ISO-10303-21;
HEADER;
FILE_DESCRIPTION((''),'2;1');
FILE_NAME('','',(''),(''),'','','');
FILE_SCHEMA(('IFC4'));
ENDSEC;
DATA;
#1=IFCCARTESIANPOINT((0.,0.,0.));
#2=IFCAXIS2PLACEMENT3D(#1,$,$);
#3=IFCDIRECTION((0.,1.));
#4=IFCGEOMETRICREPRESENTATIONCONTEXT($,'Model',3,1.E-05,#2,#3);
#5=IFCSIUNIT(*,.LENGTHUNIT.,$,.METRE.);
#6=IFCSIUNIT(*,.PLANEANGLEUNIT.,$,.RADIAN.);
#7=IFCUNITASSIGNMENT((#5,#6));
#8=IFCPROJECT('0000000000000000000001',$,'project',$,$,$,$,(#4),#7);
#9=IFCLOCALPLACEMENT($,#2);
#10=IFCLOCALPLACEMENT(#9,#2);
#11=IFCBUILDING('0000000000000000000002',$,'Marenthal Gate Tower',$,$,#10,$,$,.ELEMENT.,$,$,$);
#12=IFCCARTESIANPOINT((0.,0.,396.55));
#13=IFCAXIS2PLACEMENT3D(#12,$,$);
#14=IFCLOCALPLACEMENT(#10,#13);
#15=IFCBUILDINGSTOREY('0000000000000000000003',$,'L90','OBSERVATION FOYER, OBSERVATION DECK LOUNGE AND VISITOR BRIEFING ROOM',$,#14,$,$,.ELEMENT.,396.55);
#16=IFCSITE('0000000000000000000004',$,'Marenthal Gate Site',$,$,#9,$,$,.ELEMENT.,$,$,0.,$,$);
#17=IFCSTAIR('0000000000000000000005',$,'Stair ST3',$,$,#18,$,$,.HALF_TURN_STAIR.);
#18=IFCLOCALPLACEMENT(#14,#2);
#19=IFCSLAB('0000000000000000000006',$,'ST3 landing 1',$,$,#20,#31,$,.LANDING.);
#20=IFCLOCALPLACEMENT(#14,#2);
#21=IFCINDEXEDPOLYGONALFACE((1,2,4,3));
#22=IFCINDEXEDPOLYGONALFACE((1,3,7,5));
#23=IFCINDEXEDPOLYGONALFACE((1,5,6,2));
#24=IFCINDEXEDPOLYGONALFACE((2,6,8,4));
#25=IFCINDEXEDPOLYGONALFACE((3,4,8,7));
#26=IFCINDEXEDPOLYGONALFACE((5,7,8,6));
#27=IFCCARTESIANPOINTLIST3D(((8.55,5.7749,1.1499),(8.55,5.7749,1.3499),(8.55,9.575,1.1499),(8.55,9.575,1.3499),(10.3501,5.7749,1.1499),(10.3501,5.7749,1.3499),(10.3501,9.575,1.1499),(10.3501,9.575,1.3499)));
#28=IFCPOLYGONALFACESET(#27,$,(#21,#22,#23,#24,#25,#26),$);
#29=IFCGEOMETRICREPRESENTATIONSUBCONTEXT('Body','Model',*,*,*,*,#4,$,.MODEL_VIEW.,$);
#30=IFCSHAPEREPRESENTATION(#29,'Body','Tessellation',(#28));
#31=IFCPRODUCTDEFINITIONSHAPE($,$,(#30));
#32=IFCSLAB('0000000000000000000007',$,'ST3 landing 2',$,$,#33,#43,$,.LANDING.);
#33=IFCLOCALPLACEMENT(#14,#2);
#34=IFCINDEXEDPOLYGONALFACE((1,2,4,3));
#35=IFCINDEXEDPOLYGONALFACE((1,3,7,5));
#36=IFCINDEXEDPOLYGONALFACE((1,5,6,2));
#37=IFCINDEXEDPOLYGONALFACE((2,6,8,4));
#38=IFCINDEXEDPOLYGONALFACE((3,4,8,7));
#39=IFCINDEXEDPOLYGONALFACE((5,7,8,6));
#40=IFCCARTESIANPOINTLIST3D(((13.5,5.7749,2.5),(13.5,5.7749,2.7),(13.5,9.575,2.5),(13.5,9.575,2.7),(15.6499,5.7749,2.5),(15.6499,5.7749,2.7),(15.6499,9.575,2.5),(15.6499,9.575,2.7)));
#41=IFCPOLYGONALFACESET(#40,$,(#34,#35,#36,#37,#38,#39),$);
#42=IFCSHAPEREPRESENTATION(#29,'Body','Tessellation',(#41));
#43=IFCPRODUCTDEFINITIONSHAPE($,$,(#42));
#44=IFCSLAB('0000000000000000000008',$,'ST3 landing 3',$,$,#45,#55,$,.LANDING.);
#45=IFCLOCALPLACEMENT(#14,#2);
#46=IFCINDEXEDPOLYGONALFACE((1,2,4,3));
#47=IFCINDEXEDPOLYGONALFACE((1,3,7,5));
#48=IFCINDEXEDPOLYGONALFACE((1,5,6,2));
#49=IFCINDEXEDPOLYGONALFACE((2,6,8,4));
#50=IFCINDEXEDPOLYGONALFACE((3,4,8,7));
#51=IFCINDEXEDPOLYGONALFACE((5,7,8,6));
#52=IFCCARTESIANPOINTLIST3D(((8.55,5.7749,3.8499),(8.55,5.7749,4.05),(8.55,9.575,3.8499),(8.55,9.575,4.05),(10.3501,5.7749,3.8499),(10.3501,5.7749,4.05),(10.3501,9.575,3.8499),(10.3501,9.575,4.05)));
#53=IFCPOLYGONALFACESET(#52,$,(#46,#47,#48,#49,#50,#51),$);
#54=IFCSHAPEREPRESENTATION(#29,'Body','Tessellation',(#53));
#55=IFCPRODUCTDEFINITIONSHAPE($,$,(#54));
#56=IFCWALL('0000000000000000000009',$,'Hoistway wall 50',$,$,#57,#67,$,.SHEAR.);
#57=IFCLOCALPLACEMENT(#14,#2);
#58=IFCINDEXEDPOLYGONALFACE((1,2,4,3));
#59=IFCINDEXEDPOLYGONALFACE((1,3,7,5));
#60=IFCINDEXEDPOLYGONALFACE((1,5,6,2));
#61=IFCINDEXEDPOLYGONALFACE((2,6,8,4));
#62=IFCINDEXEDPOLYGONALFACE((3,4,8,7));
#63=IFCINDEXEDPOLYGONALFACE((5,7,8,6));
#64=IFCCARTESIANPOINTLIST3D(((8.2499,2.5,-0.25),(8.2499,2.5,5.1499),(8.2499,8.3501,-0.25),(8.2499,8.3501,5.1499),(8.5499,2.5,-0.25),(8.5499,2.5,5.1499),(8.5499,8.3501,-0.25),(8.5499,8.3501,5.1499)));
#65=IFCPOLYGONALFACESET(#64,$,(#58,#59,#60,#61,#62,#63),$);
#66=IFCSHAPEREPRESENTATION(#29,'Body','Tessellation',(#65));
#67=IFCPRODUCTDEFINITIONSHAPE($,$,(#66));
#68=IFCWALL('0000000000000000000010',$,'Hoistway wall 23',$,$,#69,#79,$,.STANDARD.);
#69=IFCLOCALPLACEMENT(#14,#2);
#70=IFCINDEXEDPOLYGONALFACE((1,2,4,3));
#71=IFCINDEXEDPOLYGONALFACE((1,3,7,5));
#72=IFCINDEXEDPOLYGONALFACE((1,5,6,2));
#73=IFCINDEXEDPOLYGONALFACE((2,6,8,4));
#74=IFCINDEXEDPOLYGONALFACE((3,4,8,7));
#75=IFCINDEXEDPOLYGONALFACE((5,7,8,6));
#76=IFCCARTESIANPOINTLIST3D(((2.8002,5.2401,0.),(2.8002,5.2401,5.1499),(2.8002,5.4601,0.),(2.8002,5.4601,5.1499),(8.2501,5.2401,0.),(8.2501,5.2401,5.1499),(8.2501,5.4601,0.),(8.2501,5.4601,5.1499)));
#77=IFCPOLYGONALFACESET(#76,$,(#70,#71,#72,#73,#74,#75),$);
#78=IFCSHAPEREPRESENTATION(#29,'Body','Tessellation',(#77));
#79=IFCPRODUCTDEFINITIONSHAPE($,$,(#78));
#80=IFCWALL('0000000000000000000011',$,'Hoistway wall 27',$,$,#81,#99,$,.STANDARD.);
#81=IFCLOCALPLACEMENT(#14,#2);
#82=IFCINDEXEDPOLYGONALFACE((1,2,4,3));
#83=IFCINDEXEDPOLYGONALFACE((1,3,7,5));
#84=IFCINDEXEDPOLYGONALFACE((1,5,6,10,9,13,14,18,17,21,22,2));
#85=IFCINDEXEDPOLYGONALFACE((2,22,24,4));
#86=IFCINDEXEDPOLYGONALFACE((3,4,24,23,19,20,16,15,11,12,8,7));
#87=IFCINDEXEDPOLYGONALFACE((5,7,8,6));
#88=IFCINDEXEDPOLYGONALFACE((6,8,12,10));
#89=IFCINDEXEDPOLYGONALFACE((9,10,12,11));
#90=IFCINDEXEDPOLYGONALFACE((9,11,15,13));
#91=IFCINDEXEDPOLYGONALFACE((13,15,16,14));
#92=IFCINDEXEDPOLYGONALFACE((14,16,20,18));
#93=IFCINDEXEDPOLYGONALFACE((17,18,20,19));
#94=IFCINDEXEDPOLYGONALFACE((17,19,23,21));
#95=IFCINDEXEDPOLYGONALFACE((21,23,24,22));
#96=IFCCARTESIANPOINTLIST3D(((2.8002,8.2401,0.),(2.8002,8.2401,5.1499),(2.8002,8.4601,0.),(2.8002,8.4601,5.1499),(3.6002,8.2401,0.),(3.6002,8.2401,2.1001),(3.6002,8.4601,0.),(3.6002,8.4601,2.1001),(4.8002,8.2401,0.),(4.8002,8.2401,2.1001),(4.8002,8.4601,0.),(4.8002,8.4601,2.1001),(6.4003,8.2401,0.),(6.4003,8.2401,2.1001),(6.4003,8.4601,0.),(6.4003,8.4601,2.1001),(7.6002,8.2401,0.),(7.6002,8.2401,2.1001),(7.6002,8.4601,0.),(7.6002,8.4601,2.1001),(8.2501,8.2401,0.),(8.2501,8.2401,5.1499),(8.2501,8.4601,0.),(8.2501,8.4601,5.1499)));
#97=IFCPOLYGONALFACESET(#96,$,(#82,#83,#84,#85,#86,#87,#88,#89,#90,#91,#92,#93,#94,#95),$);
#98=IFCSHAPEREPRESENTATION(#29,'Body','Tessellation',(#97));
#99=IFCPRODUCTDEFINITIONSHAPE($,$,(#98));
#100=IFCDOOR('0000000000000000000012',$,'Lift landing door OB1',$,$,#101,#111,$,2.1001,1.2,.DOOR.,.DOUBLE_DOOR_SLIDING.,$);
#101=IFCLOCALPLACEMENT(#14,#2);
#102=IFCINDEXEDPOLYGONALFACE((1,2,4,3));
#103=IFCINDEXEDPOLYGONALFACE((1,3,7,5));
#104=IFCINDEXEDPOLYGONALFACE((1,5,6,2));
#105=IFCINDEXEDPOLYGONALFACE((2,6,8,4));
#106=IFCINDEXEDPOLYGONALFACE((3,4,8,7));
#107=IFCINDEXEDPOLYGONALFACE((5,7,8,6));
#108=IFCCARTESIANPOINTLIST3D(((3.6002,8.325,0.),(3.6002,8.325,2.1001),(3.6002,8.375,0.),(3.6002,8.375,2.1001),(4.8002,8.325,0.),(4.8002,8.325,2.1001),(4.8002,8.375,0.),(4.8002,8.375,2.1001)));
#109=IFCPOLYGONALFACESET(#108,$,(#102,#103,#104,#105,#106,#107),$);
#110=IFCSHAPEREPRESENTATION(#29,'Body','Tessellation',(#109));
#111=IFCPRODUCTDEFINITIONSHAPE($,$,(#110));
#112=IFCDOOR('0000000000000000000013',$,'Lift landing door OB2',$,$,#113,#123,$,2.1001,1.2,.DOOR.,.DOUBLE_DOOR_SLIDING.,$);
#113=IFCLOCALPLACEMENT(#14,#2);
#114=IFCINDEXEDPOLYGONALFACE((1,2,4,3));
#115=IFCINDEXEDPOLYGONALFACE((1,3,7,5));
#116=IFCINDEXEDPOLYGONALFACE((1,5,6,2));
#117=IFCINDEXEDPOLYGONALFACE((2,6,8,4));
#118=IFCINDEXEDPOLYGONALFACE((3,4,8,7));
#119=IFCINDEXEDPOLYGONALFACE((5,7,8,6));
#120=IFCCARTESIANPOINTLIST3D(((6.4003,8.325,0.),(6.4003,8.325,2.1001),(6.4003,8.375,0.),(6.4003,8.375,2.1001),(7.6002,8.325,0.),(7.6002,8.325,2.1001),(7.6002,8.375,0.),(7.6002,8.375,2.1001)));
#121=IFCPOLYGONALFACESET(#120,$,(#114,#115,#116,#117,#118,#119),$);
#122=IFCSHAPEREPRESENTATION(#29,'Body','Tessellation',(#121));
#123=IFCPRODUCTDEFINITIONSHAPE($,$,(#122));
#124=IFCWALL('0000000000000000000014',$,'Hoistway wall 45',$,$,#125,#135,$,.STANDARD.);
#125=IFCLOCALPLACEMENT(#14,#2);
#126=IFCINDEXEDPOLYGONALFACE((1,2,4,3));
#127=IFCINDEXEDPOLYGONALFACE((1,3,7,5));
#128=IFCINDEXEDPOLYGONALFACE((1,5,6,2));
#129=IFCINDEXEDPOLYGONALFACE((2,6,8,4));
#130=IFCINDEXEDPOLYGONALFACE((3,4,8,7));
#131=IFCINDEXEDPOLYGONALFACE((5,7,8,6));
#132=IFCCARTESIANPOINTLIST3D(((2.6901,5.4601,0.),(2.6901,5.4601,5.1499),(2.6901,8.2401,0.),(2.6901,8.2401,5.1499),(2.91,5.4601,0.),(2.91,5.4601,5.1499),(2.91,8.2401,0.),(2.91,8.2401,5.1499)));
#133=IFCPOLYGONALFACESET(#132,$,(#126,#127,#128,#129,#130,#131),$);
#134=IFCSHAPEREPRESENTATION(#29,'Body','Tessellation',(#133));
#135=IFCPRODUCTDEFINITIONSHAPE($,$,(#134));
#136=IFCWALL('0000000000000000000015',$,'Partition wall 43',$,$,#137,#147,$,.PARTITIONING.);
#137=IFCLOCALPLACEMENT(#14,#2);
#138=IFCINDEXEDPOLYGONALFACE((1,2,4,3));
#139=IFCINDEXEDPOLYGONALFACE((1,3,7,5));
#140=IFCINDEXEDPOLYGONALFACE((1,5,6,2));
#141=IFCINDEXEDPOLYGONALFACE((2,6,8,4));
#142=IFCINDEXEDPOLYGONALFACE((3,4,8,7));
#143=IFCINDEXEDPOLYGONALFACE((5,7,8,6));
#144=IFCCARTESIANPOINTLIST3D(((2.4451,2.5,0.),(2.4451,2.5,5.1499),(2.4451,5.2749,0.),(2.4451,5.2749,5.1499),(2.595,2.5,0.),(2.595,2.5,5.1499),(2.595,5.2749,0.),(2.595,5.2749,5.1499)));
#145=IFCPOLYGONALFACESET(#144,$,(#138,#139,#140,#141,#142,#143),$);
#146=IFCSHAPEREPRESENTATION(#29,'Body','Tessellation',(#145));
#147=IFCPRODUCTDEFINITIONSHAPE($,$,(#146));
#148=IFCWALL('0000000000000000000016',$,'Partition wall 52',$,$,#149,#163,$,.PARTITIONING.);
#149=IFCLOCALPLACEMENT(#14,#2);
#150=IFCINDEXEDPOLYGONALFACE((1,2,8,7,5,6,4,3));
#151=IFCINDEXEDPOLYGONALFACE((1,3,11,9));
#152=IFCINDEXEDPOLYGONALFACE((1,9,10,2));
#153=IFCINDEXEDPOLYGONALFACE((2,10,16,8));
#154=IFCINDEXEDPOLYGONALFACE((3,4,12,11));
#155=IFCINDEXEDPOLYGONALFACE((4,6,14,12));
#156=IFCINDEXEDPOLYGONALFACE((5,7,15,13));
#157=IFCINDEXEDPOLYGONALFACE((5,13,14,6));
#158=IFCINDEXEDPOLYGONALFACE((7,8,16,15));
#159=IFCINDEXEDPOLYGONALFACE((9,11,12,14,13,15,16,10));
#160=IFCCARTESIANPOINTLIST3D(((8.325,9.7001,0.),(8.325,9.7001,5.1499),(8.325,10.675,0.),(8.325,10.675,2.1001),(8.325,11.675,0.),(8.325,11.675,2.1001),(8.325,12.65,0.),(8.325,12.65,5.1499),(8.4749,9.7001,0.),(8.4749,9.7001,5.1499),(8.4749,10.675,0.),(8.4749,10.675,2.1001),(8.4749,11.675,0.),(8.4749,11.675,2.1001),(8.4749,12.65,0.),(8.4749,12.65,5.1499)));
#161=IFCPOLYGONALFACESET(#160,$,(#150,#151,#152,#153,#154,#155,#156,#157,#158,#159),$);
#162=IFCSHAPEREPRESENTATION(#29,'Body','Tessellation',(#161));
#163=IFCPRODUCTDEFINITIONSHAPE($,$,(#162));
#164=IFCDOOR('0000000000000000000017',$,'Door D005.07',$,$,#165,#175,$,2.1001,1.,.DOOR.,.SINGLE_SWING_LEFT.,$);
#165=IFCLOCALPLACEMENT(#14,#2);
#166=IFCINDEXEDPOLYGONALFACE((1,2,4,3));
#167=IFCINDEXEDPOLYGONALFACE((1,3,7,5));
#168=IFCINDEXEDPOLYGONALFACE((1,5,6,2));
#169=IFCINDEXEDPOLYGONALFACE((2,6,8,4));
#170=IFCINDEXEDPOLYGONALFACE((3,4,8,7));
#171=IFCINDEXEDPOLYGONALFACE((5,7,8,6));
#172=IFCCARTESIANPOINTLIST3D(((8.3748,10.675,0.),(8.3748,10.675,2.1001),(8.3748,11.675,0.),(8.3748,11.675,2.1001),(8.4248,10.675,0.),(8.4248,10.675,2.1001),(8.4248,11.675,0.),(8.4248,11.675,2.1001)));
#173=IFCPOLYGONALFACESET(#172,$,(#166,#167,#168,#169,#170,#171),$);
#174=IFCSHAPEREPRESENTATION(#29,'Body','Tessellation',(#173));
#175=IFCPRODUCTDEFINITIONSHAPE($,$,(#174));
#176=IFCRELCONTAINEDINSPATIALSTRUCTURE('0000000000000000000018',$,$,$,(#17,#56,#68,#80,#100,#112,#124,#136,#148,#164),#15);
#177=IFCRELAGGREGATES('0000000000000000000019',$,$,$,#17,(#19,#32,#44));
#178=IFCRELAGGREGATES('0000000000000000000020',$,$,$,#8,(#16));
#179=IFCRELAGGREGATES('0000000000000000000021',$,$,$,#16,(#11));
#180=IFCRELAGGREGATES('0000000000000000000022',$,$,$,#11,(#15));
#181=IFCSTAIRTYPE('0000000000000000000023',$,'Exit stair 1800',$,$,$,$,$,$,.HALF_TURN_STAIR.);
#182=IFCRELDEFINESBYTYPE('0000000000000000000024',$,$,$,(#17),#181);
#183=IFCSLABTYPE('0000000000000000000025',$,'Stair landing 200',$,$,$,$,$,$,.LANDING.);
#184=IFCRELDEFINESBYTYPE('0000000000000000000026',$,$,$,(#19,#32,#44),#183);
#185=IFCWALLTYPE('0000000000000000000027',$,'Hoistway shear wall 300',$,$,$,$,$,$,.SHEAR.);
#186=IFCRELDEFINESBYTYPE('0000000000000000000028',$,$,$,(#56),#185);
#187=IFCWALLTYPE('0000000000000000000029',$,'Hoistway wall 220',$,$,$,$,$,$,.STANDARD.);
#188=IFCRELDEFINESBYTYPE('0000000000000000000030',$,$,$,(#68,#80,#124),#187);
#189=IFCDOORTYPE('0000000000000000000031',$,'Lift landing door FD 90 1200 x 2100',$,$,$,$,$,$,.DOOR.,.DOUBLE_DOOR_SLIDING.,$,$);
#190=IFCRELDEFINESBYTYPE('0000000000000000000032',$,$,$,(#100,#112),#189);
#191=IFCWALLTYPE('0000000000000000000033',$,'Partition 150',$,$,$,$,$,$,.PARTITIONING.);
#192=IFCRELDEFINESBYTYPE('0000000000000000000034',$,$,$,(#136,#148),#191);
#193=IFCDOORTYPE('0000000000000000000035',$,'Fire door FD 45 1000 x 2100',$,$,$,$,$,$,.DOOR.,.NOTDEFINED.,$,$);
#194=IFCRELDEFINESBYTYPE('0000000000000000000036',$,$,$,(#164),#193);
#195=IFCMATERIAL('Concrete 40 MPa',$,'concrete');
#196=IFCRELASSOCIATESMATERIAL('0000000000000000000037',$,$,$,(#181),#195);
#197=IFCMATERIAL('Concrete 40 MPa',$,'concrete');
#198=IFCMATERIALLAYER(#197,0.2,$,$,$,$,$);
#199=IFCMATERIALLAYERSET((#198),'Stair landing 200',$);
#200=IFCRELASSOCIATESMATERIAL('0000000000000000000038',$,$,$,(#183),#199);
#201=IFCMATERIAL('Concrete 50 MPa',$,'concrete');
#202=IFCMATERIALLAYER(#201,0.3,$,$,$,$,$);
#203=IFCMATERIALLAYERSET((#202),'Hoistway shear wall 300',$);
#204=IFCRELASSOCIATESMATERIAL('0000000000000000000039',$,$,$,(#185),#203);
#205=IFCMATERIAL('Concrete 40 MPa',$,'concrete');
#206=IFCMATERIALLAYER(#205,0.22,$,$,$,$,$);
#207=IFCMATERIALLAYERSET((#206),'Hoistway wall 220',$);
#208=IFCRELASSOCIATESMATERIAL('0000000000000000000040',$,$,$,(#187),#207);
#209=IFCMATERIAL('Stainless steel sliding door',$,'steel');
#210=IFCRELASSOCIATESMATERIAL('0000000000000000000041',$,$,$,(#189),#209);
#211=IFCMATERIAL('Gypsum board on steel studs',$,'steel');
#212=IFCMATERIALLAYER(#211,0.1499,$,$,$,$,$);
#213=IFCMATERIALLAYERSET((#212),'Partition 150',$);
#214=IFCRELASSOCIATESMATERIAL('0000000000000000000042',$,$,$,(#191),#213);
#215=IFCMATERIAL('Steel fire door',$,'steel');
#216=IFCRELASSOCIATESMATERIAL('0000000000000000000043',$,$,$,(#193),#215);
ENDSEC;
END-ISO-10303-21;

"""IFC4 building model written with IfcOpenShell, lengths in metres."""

from ifc_helpers import new_model, si_unit, direction, frame, frame_2d, origin, place, context, subcontext, project, spatial, polyline, rectangle, outline, extrude, material, layer, layer_set, type_object, element, fill, aggregate, save


model = new_model("IFC4")

# Units and contexts
model_context = context("Model", 3, precision=1e-05, world=origin(), true_north=direction((0.0, 1.0)))
body_context = subcontext(model_context, "Body", "Model", "MODEL_VIEW")
ifc_project = project(units=[si_unit("LENGTHUNIT", "METRE"), si_unit("PLANEANGLEUNIT", "RADIAN")], contexts=[model_context])

# Site, building, storey
site_placement = place(None, origin())
site = spatial("IfcSite", under=ifc_project, at=site_placement, Name="Marenthal Gate Site", CompositionType="ELEMENT", RefElevation=0.0)
building_placement = place(site_placement, origin())
building = spatial("IfcBuilding", under=site, at=building_placement, Name="Marenthal Gate Tower", CompositionType="ELEMENT")
storey_placement = place(building_placement, frame((0.0, 0.0, 396.55)))
storey = spatial("IfcBuildingStorey", under=building, at=storey_placement, Name="L90", Description="OBSERVATION FOYER, OBSERVATION DECK LOUNGE AND VISITOR BRIEFING ROOM", CompositionType="ELEMENT", Elevation=396.55)

# Stair, slabs
ifc_material_1 = material(Name="Concrete 40 MPa", Category="concrete")
stair_type = type_object("IfcStairType", Name="Exit stair 1800", PredefinedType="HALF_TURN_STAIR", material=ifc_material_1)
stair_placement = place(storey_placement, origin())
stair = element("IfcStair", 1, at=stair_placement, inside=storey, type_object=stair_type, Name="Stair ST3", PredefinedType="HALF_TURN_STAIR")
ifc_material_2 = material(Name="Concrete 40 MPa", Category="concrete")
ifc_layer_1 = layer(ifc_material_2, 0.2)
ifc_layer_set_1 = layer_set([ifc_layer_1], Name="Stair landing 200")
slab_type = type_object("IfcSlabType", Name="Stair landing 200", PredefinedType="LANDING", material=ifc_layer_set_1)
slab_1_placement = place(storey_placement, frame((0.0, 0.0, 1.1499)))
slab_1 = element("IfcSlab", 2, at=slab_1_placement, type_object=slab_type, Name="ST3 landing 1", PredefinedType="LANDING", context=body_context, shape_type="SweptSolid", body=[
    extrude(outline(polyline([(8.55, 5.7749), (10.3501, 5.7749), (10.3501, 9.575), (8.55, 9.575), (8.55, 5.7749)])), origin(), (0.0, 0.0, 1.0), 0.2),
])
slab_2_placement = place(storey_placement, frame((0.0, 0.0, 2.5)))
slab_2 = element("IfcSlab", 3, at=slab_2_placement, type_object=slab_type, Name="ST3 landing 2", PredefinedType="LANDING", context=body_context, shape_type="SweptSolid", body=[
    extrude(outline(polyline([(13.5, 5.7749), (15.6499, 5.7749), (15.6499, 9.575), (13.5, 9.575), (13.5, 5.7749)])), origin(), (0.0, 0.0, 1.0), 0.2),
])
slab_3_placement = place(storey_placement, frame((0.0, 0.0, 3.8499)))
slab_3 = element("IfcSlab", 4, at=slab_3_placement, type_object=slab_type, Name="ST3 landing 3", PredefinedType="LANDING", context=body_context, shape_type="SweptSolid", body=[
    extrude(outline(polyline([(8.55, 5.7749), (10.3501, 5.7749), (10.3501, 9.575), (8.55, 9.575), (8.55, 5.7749)])), origin(), (0.0, 0.0, 1.0), 0.2002),
])

# Walls
ifc_material_3 = material(Name="Concrete 50 MPa", Category="concrete")
ifc_layer_2 = layer(ifc_material_3, 0.3)
ifc_layer_set_2 = layer_set([ifc_layer_2], Name="Hoistway shear wall 300")
wall_type_1 = type_object("IfcWallType", Name="Hoistway shear wall 300", PredefinedType="SHEAR", material=ifc_layer_set_2)
wall_1_placement = place(storey_placement, frame((8.3999, 2.5, -0.25), z_axis=(0.0, 0.0, 1.0), x_axis=(0.0, 1.0, 0.0)))
element("IfcWall", 5, at=wall_1_placement, inside=storey, type_object=wall_type_1, Name="Hoistway wall 50", PredefinedType="SHEAR", context=body_context, shape_type="SweptSolid", body=[
    extrude(rectangle(XDim=5.8501, YDim=0.3, at=frame_2d((2.925, 0.0))), origin(), (0.0, 0.0, 1.0), 5.3999),
])
ifc_material_4 = material(Name="Concrete 40 MPa", Category="concrete")
ifc_layer_3 = layer(ifc_material_4, 0.22)
ifc_layer_set_3 = layer_set([ifc_layer_3], Name="Hoistway wall 220")
wall_type_2 = type_object("IfcWallType", Name="Hoistway wall 220", PredefinedType="STANDARD", material=ifc_layer_set_3)
wall_2_placement = place(storey_placement, frame((2.8, 5.3501, 0.0), z_axis=(0.0, 0.0, 1.0), x_axis=(1.0, 0.0, 0.0)))
element("IfcWall", 6, at=wall_2_placement, inside=storey, type_object=wall_type_2, Name="Hoistway wall 23", PredefinedType="STANDARD", context=body_context, shape_type="SweptSolid", body=[
    extrude(rectangle(XDim=5.45, YDim=0.22, at=frame_2d((2.7251, 0.0))), origin(), (0.0, 0.0, 1.0), 5.1499),
])

# Wall, openings, doors
wall_3_placement = place(storey_placement, frame((2.8, 8.3501, 0.0), z_axis=(0.0, 0.0, 1.0), x_axis=(1.0, 0.0, 0.0)))
wall_3 = element("IfcWall", 7, at=wall_3_placement, inside=storey, type_object=wall_type_2, Name="Hoistway wall 27", PredefinedType="STANDARD", context=body_context, shape_type="SweptSolid", body=[
    extrude(rectangle(XDim=5.45, YDim=0.22, at=frame_2d((2.7251, 0.0))), origin(), (0.0, 0.0, 1.0), 5.1499),
])
opening_1_placement = place(wall_3_placement, frame((0.8, 0.0, 0.0)))
opening_1 = element("IfcOpeningElement", 8, at=opening_1_placement, cuts=wall_3, PredefinedType="OPENING", context=body_context, shape_type="SweptSolid", body=[
    extrude(rectangle(XDim=1.2, YDim=2.1001, at=frame_2d((0.6001, 1.05))), frame((0.0, 0.1201, 0.0), z_axis=(0.0, -1.0, 0.0), x_axis=(1.0, 0.0, 0.0)), (0.0, 0.0, 1.0), 0.24),
])
opening_2_placement = place(wall_3_placement, frame((3.6001, 0.0, 0.0)))
opening_2 = element("IfcOpeningElement", 9, at=opening_2_placement, cuts=wall_3, PredefinedType="OPENING", context=body_context, shape_type="SweptSolid", body=[
    extrude(rectangle(XDim=1.2, YDim=2.1001, at=frame_2d((0.6001, 1.05))), frame((0.0, 0.1201, 0.0), z_axis=(0.0, -1.0, 0.0), x_axis=(1.0, 0.0, 0.0)), (0.0, 0.0, 1.0), 0.24),
])
ifc_material_5 = material(Name="Stainless steel sliding door", Category="steel")
door_type_1 = type_object("IfcDoorType", Name="Lift landing door FD 90 1200 x 2100", OperationType="DOUBLE_DOOR_SLIDING", PredefinedType="DOOR", material=ifc_material_5)
door_1_placement = place(opening_1_placement, origin())
door_1 = element("IfcDoor", 10, at=door_1_placement, inside=storey, type_object=door_type_1, Name="Lift landing door OB1", OperationType="DOUBLE_DOOR_SLIDING", OverallHeight=2.1001, OverallWidth=1.2, PredefinedType="DOOR", context=body_context, shape_type="SweptSolid", body=[
    extrude(rectangle(XDim=1.2, YDim=2.1001, at=frame_2d((0.6001, 1.05))), frame((0.0, 0.0249, 0.0), z_axis=(0.0, -1.0, 0.0), x_axis=(1.0, 0.0, 0.0)), (0.0, 0.0, 1.0), 0.05),
])
fill(opening_1, door_1)
door_2_placement = place(opening_2_placement, origin())
door_2 = element("IfcDoor", 11, at=door_2_placement, inside=storey, type_object=door_type_1, Name="Lift landing door OB2", OperationType="DOUBLE_DOOR_SLIDING", OverallHeight=2.1001, OverallWidth=1.2, PredefinedType="DOOR", context=body_context, shape_type="SweptSolid", body=[
    extrude(rectangle(XDim=1.2, YDim=2.1001, at=frame_2d((0.6001, 1.05))), frame((0.0, 0.0249, 0.0), z_axis=(0.0, -1.0, 0.0), x_axis=(1.0, 0.0, 0.0)), (0.0, 0.0, 1.0), 0.05),
])
fill(opening_2, door_2)

# Walls
wall_4_placement = place(storey_placement, frame((2.8, 5.46, 0.0), z_axis=(0.0, 0.0, 1.0), x_axis=(0.0, 1.0, 0.0)))
element("IfcWall", 12, at=wall_4_placement, inside=storey, type_object=wall_type_2, Name="Hoistway wall 45", PredefinedType="STANDARD", context=body_context, shape_type="SweptSolid", body=[
    extrude(rectangle(XDim=2.78, YDim=0.22, at=frame_2d((1.3901, 0.0))), origin(), (0.0, 0.0, 1.0), 5.1499),
])
ifc_material_6 = material(Name="Gypsum board on steel studs", Category="steel")
ifc_layer_4 = layer(ifc_material_6, 0.1499)
ifc_layer_set_4 = layer_set([ifc_layer_4], Name="Partition 150")
wall_type_3 = type_object("IfcWallType", Name="Partition 150", PredefinedType="PARTITIONING", material=ifc_layer_set_4)
wall_5_placement = place(storey_placement, frame((2.52, 2.5, 0.0), z_axis=(0.0, 0.0, 1.0), x_axis=(0.0, 1.0, 0.0)))
element("IfcWall", 13, at=wall_5_placement, inside=storey, type_object=wall_type_3, Name="Partition wall 43", PredefinedType="PARTITIONING", context=body_context, shape_type="SweptSolid", body=[
    extrude(rectangle(XDim=2.7749, YDim=0.1499, at=frame_2d((1.3875, 0.0))), origin(), (0.0, 0.0, 1.0), 5.1499),
])

# Wall, opening, door
wall_6_placement = place(storey_placement, frame((8.3999, 9.7, 0.0), z_axis=(0.0, 0.0, 1.0), x_axis=(0.0, 1.0, 0.0)))
wall_6 = element("IfcWall", 14, at=wall_6_placement, inside=storey, type_object=wall_type_3, Name="Partition wall 52", PredefinedType="PARTITIONING", context=body_context, shape_type="SweptSolid", body=[
    extrude(rectangle(XDim=2.95, YDim=0.1499, at=frame_2d((1.4751, 0.0))), origin(), (0.0, 0.0, 1.0), 5.1499),
])
opening_3_placement = place(wall_6_placement, frame((0.9751, 0.0, 0.0)))
opening_3 = element("IfcOpeningElement", 15, at=opening_3_placement, cuts=wall_6, PredefinedType="OPENING", context=body_context, shape_type="SweptSolid", body=[
    extrude(rectangle(XDim=1.0, YDim=2.1001, at=frame_2d((0.5, 1.05))), frame((0.0, 0.085, 0.0), z_axis=(0.0, -1.0, 0.0), x_axis=(1.0, 0.0, 0.0)), (0.0, 0.0, 1.0), 0.1699),
])
ifc_material_7 = material(Name="Steel fire door", Category="steel")
door_type_2 = type_object("IfcDoorType", Name="Fire door FD 45 1000 x 2100", OperationType="NOTDEFINED", PredefinedType="DOOR", material=ifc_material_7)
door_3_placement = place(opening_3_placement, frame((1.0, 0.0, 0.0), z_axis=(0.0, 0.0, 1.0), x_axis=(-1.0, 0.0, 0.0)))
door_3 = element("IfcDoor", 16, at=door_3_placement, inside=storey, type_object=door_type_2, Name="Door D005.07", OperationType="SINGLE_SWING_LEFT", OverallHeight=2.1001, OverallWidth=1.0, PredefinedType="DOOR", context=body_context, shape_type="SweptSolid", body=[
    extrude(rectangle(XDim=1.0, YDim=2.1001, at=frame_2d((0.5, 1.05))), frame((0.0, 0.0249, 0.0), z_axis=(0.0, -1.0, 0.0), x_axis=(1.0, 0.0, 0.0)), (0.0, 0.0, 1.0), 0.05),
])
fill(opening_3, door_3)

aggregate(stair, [slab_1, slab_2, slab_3])

save(model, "model.ifc")
